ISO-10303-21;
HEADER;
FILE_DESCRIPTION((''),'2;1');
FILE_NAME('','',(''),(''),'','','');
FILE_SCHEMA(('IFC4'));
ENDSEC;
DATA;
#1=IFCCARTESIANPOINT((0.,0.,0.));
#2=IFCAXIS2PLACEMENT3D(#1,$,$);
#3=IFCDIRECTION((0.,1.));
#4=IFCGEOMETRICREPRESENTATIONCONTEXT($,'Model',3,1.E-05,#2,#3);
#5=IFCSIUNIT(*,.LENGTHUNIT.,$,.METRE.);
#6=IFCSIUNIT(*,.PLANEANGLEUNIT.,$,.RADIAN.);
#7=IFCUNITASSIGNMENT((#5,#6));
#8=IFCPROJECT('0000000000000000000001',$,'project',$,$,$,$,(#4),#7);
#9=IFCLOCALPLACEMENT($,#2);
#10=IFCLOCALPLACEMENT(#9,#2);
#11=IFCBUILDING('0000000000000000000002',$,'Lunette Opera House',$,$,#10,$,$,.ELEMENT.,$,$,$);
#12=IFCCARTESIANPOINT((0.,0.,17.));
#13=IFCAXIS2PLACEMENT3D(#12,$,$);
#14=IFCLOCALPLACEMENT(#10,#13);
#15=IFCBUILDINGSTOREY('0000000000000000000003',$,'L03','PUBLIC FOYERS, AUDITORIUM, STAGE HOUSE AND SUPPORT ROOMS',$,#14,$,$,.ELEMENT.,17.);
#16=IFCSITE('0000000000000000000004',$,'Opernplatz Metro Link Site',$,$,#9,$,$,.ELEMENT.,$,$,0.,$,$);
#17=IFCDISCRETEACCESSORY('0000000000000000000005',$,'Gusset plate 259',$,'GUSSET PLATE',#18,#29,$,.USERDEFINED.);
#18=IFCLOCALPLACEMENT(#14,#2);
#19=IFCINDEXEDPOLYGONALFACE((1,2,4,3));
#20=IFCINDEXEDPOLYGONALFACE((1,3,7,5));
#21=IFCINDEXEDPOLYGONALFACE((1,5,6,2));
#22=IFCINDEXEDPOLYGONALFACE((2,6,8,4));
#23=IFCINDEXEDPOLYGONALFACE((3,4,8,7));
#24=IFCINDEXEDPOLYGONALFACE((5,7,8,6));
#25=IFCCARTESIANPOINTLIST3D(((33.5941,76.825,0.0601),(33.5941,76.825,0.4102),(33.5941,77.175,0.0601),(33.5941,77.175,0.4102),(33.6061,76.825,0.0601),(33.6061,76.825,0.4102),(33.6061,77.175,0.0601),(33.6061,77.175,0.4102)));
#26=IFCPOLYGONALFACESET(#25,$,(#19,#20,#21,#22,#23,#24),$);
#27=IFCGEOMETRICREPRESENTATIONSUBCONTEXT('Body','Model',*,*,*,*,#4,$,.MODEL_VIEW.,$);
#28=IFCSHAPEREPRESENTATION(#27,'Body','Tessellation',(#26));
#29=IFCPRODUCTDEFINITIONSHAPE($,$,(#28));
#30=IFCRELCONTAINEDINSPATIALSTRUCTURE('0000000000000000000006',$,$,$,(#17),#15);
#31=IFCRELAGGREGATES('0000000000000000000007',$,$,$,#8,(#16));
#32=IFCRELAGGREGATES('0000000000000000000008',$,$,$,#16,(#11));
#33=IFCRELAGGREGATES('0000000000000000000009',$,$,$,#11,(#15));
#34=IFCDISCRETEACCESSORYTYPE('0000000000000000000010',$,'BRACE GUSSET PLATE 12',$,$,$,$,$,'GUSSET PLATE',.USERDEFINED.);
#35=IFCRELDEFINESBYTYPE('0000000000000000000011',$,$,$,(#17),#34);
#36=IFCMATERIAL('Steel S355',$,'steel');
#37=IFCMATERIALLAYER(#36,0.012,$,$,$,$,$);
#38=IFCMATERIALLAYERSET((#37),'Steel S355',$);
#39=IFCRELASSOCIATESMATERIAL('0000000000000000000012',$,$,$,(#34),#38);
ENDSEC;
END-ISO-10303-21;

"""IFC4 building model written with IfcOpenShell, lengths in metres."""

from ifc_helpers import new_model, si_unit, direction, frame, origin, origin_2d, place, context, subcontext, project, spatial, rectangle, extrude, material, layer, layer_set, type_object, element, save


model = new_model("IFC4")

# Units and contexts
model_context = context("Model", 3, precision=1e-05, world=origin(), true_north=direction((0.0, 1.0)))
body_context = subcontext(model_context, "Body", "Model", "MODEL_VIEW")
ifc_project = project(units=[si_unit("LENGTHUNIT", "METRE"), si_unit("PLANEANGLEUNIT", "RADIAN")], contexts=[model_context])

# Site, building, storey
site_placement = place(None, origin())
site = spatial("IfcSite", under=ifc_project, at=site_placement, Name="Opernplatz Metro Link Site", CompositionType="ELEMENT", RefElevation=0.0)
building_placement = place(site_placement, origin())
building = spatial("IfcBuilding", under=site, at=building_placement, Name="Lunette Opera House", CompositionType="ELEMENT")
storey_placement = place(building_placement, frame((0.0, 0.0, 17.0)))
storey = spatial("IfcBuildingStorey", under=building, at=storey_placement, Name="L03", Description="PUBLIC FOYERS, AUDITORIUM, STAGE HOUSE AND SUPPORT ROOMS", CompositionType="ELEMENT", Elevation=17.0)

# Discrete accessory
ifc_material_1 = material(Name="Steel S355", Category="steel")
ifc_layer_1 = layer(ifc_material_1, 0.012)
ifc_layer_set_1 = layer_set([ifc_layer_1], Name="Steel S355")
discrete_accessory_type = type_object("IfcDiscreteAccessoryType", Name="BRACE GUSSET PLATE 12", ElementType="GUSSET PLATE", PredefinedType="USERDEFINED", material=ifc_layer_set_1)
discrete_accessory_1_placement = place(storey_placement, frame((33.6001, 77.0, 0.0601), z_axis=(0.0, 0.0, 1.0), x_axis=(0.0, 1.0, 0.0)))
element("IfcDiscreteAccessory", 1, at=discrete_accessory_1_placement, inside=storey, type_object=discrete_accessory_type, Name="Gusset plate 259", ObjectType="GUSSET PLATE", PredefinedType="USERDEFINED", context=body_context, shape_type="SweptSolid", body=[
    extrude(rectangle(XDim=0.3501, YDim=0.012, at=origin_2d()), origin(), (0.0, 0.0, 1.0), 0.3501),
])

save(model, "model.ifc")
